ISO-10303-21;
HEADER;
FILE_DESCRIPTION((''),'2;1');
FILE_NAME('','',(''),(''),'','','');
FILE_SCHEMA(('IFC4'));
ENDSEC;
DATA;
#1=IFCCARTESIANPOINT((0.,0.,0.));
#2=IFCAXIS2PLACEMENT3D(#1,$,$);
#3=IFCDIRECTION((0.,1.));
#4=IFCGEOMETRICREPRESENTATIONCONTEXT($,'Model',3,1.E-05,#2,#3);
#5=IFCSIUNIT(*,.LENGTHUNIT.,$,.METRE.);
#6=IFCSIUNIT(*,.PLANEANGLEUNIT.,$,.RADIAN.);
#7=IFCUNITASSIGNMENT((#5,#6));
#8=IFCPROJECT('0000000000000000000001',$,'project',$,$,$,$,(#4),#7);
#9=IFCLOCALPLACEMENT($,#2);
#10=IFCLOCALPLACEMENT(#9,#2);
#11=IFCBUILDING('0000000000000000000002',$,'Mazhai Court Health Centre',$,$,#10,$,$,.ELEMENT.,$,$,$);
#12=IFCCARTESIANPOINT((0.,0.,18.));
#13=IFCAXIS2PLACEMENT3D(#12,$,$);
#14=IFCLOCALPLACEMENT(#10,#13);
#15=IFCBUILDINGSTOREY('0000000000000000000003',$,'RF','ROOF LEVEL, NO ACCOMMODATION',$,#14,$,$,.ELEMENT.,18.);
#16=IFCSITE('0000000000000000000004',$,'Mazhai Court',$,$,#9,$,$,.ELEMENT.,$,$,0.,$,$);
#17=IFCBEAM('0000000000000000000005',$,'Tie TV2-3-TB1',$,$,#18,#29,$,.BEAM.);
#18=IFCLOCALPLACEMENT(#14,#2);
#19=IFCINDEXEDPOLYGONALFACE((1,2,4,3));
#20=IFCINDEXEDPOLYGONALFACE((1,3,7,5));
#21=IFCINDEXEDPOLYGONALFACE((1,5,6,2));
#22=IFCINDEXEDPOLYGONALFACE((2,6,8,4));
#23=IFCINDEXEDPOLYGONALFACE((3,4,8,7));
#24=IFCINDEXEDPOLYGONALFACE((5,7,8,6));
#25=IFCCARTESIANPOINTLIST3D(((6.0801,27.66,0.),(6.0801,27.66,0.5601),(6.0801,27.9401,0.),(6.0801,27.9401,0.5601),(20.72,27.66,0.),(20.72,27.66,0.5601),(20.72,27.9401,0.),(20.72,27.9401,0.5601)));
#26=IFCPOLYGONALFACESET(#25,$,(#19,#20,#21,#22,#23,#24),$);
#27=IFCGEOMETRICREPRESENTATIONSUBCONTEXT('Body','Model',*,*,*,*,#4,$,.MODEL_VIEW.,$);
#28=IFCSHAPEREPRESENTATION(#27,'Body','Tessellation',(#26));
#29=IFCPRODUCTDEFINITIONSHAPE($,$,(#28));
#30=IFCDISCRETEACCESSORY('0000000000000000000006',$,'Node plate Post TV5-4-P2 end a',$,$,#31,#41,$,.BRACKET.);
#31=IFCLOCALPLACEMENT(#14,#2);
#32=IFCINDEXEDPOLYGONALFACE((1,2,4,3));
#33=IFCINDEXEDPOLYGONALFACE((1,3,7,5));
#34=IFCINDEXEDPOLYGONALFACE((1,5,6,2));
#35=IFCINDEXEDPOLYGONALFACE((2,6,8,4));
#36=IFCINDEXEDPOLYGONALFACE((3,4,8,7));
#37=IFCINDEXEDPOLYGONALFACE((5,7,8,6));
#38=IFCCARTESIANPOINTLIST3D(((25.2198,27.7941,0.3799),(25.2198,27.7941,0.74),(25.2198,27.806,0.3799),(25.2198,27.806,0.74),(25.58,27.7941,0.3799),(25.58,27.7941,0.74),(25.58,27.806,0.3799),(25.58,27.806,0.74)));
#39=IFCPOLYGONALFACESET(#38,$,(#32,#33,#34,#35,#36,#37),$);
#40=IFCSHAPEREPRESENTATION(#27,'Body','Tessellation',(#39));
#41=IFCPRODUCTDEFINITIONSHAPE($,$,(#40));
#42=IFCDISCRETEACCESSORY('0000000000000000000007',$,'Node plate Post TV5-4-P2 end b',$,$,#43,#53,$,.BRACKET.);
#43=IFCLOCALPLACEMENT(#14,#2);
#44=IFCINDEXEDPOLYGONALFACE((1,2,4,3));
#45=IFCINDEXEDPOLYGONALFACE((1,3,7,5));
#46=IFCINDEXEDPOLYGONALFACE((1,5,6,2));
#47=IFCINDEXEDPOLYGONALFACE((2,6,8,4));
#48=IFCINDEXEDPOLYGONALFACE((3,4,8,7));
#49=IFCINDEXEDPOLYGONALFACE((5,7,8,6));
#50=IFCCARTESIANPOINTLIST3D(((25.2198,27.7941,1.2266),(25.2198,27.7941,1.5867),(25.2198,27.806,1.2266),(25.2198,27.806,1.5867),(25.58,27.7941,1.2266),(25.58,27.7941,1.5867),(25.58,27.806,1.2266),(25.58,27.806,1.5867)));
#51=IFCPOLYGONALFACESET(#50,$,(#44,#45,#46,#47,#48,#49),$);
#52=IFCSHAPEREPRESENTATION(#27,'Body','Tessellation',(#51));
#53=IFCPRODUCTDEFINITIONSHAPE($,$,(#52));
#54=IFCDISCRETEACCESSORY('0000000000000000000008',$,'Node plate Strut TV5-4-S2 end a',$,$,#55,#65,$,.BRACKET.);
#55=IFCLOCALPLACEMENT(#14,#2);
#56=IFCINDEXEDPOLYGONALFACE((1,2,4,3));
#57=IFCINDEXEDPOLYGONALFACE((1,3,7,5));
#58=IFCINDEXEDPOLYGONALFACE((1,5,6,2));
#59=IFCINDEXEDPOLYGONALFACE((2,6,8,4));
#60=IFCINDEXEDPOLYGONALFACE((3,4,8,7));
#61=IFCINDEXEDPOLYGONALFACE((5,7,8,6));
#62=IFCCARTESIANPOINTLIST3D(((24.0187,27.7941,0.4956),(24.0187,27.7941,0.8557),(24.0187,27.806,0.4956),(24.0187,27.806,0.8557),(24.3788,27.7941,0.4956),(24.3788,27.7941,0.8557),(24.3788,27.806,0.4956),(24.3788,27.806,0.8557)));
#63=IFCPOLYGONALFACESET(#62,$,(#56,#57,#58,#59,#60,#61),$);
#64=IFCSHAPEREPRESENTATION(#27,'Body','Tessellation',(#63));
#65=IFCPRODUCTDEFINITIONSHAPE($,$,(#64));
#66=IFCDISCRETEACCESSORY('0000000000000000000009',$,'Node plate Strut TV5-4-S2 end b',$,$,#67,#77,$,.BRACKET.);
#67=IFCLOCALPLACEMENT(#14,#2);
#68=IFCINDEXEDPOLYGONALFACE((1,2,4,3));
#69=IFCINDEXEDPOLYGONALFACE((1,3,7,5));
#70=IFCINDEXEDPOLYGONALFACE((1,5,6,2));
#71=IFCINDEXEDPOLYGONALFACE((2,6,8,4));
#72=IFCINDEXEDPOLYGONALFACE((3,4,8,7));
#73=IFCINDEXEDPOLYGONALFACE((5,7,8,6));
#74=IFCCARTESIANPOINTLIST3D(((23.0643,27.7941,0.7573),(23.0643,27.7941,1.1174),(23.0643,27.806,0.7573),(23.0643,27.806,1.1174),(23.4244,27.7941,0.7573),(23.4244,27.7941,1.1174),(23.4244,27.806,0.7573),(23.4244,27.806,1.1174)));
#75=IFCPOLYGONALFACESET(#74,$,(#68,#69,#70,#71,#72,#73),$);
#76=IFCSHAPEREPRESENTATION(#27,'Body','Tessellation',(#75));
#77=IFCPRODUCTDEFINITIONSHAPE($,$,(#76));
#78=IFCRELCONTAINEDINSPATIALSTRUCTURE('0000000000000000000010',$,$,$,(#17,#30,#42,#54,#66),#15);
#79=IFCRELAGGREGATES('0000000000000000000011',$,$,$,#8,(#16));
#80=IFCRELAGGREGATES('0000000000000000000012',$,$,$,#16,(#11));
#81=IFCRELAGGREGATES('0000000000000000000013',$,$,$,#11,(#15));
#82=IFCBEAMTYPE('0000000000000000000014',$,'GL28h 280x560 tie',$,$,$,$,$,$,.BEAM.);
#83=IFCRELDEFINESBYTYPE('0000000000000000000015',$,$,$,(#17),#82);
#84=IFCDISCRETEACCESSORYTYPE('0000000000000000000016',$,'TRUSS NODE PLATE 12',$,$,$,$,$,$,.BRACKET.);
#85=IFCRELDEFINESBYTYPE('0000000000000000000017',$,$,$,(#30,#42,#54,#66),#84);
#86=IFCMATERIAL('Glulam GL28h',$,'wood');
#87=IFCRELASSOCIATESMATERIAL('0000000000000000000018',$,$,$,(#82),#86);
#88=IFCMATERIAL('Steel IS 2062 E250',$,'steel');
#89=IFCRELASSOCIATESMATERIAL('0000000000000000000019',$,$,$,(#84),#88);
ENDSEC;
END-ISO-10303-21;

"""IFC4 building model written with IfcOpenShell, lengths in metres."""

from ifc_helpers import new_model, si_unit, direction, frame, origin, origin_2d, place, context, subcontext, project, spatial, rectangle, extrude, material, material_profile, profile_set, type_object, element, save


model = new_model("IFC4")

# Units and contexts
model_context = context("Model", 3, precision=1e-05, world=origin(), true_north=direction((0.0, 1.0)))
body_context = subcontext(model_context, "Body", "Model", "MODEL_VIEW")
ifc_project = project(units=[si_unit("LENGTHUNIT", "METRE"), si_unit("PLANEANGLEUNIT", "RADIAN")], contexts=[model_context])

# Site, building, storey
site_placement = place(None, origin())
site = spatial("IfcSite", under=ifc_project, at=site_placement, Name="Mazhai Court", CompositionType="ELEMENT", RefElevation=0.0)
building_placement = place(site_placement, origin())
building = spatial("IfcBuilding", under=site, at=building_placement, Name="Mazhai Court Health Centre", CompositionType="ELEMENT")
storey_placement = place(building_placement, frame((0.0, 0.0, 18.0)))
storey = spatial("IfcBuildingStorey", under=building, at=storey_placement, Name="RF", Description="ROOF LEVEL, NO ACCOMMODATION", CompositionType="ELEMENT", Elevation=18.0)

# Beam
ifc_material_1 = material(Name="Glulam GL28h", Category="wood")
ifc_material_profile_1 = material_profile(ifc_material_1, rectangle(XDim=0.28, YDim=0.5601, at=origin_2d()), Name="GL28h 280x560")
ifc_profile_set_1 = profile_set([ifc_material_profile_1], Name="Glulam GL28h")
beam_type = type_object("IfcBeamType", Name="GL28h 280x560 tie", PredefinedType="BEAM", material=ifc_profile_set_1)
beam_placement = place(storey_placement, frame((20.72, 27.8, 0.28), z_axis=(-1.0, 0.0, 0.0), x_axis=(0.0, -1.0, 0.0)))
element("IfcBeam", 1, at=beam_placement, inside=storey, type_object=beam_type, Name="Tie TV2-3-TB1", PredefinedType="BEAM", context=body_context, shape_type="SweptSolid", body=[
    extrude(rectangle(XDim=0.28, YDim=0.5601, at=origin_2d()), origin(), (0.0, 0.0, 1.0), 14.6399),
])

# Discrete accessories
ifc_material_2 = material(Name="Steel IS 2062 E250", Category="steel")
discrete_accessory_type = type_object("IfcDiscreteAccessoryType", Name="TRUSS NODE PLATE 12", PredefinedType="BRACKET", material=ifc_material_2)
for number, where, z_axis, x_axis, name in (
    (2, (25.3999, 27.8, 0.3799), (0.0, 0.0, 1.0), (1.0, 0.0, 0.0), "Node plate Post TV5-4-P2 end a"),
    (3, (25.3999, 27.8, 1.2266), (0.0, 0.0, 1.0), (1.0, 0.0, 0.0), "Node plate Post TV5-4-P2 end b"),
    (4, (24.1987, 27.8, 0.4956), (0.0, 0.0, 1.0), (1.0, 0.0, 0.0), "Node plate Strut TV5-4-S2 end a"),
    (5, (23.2444, 27.8, 0.7573), (0.0, 0.0, 1.0), (1.0, 0.0, 0.0), "Node plate Strut TV5-4-S2 end b"),
):
    element("IfcDiscreteAccessory", number, at=place(storey_placement, frame(where, z_axis=z_axis, x_axis=x_axis)), inside=storey, type_object=discrete_accessory_type, Name=name, PredefinedType="BRACKET", context=body_context, shape_type="SweptSolid", body=[
        extrude(rectangle(XDim=0.3601, YDim=0.012, at=origin_2d()), origin(), (0.0, 0.0, 1.0), 0.3601),
    ])

save(model, "model.ifc")
